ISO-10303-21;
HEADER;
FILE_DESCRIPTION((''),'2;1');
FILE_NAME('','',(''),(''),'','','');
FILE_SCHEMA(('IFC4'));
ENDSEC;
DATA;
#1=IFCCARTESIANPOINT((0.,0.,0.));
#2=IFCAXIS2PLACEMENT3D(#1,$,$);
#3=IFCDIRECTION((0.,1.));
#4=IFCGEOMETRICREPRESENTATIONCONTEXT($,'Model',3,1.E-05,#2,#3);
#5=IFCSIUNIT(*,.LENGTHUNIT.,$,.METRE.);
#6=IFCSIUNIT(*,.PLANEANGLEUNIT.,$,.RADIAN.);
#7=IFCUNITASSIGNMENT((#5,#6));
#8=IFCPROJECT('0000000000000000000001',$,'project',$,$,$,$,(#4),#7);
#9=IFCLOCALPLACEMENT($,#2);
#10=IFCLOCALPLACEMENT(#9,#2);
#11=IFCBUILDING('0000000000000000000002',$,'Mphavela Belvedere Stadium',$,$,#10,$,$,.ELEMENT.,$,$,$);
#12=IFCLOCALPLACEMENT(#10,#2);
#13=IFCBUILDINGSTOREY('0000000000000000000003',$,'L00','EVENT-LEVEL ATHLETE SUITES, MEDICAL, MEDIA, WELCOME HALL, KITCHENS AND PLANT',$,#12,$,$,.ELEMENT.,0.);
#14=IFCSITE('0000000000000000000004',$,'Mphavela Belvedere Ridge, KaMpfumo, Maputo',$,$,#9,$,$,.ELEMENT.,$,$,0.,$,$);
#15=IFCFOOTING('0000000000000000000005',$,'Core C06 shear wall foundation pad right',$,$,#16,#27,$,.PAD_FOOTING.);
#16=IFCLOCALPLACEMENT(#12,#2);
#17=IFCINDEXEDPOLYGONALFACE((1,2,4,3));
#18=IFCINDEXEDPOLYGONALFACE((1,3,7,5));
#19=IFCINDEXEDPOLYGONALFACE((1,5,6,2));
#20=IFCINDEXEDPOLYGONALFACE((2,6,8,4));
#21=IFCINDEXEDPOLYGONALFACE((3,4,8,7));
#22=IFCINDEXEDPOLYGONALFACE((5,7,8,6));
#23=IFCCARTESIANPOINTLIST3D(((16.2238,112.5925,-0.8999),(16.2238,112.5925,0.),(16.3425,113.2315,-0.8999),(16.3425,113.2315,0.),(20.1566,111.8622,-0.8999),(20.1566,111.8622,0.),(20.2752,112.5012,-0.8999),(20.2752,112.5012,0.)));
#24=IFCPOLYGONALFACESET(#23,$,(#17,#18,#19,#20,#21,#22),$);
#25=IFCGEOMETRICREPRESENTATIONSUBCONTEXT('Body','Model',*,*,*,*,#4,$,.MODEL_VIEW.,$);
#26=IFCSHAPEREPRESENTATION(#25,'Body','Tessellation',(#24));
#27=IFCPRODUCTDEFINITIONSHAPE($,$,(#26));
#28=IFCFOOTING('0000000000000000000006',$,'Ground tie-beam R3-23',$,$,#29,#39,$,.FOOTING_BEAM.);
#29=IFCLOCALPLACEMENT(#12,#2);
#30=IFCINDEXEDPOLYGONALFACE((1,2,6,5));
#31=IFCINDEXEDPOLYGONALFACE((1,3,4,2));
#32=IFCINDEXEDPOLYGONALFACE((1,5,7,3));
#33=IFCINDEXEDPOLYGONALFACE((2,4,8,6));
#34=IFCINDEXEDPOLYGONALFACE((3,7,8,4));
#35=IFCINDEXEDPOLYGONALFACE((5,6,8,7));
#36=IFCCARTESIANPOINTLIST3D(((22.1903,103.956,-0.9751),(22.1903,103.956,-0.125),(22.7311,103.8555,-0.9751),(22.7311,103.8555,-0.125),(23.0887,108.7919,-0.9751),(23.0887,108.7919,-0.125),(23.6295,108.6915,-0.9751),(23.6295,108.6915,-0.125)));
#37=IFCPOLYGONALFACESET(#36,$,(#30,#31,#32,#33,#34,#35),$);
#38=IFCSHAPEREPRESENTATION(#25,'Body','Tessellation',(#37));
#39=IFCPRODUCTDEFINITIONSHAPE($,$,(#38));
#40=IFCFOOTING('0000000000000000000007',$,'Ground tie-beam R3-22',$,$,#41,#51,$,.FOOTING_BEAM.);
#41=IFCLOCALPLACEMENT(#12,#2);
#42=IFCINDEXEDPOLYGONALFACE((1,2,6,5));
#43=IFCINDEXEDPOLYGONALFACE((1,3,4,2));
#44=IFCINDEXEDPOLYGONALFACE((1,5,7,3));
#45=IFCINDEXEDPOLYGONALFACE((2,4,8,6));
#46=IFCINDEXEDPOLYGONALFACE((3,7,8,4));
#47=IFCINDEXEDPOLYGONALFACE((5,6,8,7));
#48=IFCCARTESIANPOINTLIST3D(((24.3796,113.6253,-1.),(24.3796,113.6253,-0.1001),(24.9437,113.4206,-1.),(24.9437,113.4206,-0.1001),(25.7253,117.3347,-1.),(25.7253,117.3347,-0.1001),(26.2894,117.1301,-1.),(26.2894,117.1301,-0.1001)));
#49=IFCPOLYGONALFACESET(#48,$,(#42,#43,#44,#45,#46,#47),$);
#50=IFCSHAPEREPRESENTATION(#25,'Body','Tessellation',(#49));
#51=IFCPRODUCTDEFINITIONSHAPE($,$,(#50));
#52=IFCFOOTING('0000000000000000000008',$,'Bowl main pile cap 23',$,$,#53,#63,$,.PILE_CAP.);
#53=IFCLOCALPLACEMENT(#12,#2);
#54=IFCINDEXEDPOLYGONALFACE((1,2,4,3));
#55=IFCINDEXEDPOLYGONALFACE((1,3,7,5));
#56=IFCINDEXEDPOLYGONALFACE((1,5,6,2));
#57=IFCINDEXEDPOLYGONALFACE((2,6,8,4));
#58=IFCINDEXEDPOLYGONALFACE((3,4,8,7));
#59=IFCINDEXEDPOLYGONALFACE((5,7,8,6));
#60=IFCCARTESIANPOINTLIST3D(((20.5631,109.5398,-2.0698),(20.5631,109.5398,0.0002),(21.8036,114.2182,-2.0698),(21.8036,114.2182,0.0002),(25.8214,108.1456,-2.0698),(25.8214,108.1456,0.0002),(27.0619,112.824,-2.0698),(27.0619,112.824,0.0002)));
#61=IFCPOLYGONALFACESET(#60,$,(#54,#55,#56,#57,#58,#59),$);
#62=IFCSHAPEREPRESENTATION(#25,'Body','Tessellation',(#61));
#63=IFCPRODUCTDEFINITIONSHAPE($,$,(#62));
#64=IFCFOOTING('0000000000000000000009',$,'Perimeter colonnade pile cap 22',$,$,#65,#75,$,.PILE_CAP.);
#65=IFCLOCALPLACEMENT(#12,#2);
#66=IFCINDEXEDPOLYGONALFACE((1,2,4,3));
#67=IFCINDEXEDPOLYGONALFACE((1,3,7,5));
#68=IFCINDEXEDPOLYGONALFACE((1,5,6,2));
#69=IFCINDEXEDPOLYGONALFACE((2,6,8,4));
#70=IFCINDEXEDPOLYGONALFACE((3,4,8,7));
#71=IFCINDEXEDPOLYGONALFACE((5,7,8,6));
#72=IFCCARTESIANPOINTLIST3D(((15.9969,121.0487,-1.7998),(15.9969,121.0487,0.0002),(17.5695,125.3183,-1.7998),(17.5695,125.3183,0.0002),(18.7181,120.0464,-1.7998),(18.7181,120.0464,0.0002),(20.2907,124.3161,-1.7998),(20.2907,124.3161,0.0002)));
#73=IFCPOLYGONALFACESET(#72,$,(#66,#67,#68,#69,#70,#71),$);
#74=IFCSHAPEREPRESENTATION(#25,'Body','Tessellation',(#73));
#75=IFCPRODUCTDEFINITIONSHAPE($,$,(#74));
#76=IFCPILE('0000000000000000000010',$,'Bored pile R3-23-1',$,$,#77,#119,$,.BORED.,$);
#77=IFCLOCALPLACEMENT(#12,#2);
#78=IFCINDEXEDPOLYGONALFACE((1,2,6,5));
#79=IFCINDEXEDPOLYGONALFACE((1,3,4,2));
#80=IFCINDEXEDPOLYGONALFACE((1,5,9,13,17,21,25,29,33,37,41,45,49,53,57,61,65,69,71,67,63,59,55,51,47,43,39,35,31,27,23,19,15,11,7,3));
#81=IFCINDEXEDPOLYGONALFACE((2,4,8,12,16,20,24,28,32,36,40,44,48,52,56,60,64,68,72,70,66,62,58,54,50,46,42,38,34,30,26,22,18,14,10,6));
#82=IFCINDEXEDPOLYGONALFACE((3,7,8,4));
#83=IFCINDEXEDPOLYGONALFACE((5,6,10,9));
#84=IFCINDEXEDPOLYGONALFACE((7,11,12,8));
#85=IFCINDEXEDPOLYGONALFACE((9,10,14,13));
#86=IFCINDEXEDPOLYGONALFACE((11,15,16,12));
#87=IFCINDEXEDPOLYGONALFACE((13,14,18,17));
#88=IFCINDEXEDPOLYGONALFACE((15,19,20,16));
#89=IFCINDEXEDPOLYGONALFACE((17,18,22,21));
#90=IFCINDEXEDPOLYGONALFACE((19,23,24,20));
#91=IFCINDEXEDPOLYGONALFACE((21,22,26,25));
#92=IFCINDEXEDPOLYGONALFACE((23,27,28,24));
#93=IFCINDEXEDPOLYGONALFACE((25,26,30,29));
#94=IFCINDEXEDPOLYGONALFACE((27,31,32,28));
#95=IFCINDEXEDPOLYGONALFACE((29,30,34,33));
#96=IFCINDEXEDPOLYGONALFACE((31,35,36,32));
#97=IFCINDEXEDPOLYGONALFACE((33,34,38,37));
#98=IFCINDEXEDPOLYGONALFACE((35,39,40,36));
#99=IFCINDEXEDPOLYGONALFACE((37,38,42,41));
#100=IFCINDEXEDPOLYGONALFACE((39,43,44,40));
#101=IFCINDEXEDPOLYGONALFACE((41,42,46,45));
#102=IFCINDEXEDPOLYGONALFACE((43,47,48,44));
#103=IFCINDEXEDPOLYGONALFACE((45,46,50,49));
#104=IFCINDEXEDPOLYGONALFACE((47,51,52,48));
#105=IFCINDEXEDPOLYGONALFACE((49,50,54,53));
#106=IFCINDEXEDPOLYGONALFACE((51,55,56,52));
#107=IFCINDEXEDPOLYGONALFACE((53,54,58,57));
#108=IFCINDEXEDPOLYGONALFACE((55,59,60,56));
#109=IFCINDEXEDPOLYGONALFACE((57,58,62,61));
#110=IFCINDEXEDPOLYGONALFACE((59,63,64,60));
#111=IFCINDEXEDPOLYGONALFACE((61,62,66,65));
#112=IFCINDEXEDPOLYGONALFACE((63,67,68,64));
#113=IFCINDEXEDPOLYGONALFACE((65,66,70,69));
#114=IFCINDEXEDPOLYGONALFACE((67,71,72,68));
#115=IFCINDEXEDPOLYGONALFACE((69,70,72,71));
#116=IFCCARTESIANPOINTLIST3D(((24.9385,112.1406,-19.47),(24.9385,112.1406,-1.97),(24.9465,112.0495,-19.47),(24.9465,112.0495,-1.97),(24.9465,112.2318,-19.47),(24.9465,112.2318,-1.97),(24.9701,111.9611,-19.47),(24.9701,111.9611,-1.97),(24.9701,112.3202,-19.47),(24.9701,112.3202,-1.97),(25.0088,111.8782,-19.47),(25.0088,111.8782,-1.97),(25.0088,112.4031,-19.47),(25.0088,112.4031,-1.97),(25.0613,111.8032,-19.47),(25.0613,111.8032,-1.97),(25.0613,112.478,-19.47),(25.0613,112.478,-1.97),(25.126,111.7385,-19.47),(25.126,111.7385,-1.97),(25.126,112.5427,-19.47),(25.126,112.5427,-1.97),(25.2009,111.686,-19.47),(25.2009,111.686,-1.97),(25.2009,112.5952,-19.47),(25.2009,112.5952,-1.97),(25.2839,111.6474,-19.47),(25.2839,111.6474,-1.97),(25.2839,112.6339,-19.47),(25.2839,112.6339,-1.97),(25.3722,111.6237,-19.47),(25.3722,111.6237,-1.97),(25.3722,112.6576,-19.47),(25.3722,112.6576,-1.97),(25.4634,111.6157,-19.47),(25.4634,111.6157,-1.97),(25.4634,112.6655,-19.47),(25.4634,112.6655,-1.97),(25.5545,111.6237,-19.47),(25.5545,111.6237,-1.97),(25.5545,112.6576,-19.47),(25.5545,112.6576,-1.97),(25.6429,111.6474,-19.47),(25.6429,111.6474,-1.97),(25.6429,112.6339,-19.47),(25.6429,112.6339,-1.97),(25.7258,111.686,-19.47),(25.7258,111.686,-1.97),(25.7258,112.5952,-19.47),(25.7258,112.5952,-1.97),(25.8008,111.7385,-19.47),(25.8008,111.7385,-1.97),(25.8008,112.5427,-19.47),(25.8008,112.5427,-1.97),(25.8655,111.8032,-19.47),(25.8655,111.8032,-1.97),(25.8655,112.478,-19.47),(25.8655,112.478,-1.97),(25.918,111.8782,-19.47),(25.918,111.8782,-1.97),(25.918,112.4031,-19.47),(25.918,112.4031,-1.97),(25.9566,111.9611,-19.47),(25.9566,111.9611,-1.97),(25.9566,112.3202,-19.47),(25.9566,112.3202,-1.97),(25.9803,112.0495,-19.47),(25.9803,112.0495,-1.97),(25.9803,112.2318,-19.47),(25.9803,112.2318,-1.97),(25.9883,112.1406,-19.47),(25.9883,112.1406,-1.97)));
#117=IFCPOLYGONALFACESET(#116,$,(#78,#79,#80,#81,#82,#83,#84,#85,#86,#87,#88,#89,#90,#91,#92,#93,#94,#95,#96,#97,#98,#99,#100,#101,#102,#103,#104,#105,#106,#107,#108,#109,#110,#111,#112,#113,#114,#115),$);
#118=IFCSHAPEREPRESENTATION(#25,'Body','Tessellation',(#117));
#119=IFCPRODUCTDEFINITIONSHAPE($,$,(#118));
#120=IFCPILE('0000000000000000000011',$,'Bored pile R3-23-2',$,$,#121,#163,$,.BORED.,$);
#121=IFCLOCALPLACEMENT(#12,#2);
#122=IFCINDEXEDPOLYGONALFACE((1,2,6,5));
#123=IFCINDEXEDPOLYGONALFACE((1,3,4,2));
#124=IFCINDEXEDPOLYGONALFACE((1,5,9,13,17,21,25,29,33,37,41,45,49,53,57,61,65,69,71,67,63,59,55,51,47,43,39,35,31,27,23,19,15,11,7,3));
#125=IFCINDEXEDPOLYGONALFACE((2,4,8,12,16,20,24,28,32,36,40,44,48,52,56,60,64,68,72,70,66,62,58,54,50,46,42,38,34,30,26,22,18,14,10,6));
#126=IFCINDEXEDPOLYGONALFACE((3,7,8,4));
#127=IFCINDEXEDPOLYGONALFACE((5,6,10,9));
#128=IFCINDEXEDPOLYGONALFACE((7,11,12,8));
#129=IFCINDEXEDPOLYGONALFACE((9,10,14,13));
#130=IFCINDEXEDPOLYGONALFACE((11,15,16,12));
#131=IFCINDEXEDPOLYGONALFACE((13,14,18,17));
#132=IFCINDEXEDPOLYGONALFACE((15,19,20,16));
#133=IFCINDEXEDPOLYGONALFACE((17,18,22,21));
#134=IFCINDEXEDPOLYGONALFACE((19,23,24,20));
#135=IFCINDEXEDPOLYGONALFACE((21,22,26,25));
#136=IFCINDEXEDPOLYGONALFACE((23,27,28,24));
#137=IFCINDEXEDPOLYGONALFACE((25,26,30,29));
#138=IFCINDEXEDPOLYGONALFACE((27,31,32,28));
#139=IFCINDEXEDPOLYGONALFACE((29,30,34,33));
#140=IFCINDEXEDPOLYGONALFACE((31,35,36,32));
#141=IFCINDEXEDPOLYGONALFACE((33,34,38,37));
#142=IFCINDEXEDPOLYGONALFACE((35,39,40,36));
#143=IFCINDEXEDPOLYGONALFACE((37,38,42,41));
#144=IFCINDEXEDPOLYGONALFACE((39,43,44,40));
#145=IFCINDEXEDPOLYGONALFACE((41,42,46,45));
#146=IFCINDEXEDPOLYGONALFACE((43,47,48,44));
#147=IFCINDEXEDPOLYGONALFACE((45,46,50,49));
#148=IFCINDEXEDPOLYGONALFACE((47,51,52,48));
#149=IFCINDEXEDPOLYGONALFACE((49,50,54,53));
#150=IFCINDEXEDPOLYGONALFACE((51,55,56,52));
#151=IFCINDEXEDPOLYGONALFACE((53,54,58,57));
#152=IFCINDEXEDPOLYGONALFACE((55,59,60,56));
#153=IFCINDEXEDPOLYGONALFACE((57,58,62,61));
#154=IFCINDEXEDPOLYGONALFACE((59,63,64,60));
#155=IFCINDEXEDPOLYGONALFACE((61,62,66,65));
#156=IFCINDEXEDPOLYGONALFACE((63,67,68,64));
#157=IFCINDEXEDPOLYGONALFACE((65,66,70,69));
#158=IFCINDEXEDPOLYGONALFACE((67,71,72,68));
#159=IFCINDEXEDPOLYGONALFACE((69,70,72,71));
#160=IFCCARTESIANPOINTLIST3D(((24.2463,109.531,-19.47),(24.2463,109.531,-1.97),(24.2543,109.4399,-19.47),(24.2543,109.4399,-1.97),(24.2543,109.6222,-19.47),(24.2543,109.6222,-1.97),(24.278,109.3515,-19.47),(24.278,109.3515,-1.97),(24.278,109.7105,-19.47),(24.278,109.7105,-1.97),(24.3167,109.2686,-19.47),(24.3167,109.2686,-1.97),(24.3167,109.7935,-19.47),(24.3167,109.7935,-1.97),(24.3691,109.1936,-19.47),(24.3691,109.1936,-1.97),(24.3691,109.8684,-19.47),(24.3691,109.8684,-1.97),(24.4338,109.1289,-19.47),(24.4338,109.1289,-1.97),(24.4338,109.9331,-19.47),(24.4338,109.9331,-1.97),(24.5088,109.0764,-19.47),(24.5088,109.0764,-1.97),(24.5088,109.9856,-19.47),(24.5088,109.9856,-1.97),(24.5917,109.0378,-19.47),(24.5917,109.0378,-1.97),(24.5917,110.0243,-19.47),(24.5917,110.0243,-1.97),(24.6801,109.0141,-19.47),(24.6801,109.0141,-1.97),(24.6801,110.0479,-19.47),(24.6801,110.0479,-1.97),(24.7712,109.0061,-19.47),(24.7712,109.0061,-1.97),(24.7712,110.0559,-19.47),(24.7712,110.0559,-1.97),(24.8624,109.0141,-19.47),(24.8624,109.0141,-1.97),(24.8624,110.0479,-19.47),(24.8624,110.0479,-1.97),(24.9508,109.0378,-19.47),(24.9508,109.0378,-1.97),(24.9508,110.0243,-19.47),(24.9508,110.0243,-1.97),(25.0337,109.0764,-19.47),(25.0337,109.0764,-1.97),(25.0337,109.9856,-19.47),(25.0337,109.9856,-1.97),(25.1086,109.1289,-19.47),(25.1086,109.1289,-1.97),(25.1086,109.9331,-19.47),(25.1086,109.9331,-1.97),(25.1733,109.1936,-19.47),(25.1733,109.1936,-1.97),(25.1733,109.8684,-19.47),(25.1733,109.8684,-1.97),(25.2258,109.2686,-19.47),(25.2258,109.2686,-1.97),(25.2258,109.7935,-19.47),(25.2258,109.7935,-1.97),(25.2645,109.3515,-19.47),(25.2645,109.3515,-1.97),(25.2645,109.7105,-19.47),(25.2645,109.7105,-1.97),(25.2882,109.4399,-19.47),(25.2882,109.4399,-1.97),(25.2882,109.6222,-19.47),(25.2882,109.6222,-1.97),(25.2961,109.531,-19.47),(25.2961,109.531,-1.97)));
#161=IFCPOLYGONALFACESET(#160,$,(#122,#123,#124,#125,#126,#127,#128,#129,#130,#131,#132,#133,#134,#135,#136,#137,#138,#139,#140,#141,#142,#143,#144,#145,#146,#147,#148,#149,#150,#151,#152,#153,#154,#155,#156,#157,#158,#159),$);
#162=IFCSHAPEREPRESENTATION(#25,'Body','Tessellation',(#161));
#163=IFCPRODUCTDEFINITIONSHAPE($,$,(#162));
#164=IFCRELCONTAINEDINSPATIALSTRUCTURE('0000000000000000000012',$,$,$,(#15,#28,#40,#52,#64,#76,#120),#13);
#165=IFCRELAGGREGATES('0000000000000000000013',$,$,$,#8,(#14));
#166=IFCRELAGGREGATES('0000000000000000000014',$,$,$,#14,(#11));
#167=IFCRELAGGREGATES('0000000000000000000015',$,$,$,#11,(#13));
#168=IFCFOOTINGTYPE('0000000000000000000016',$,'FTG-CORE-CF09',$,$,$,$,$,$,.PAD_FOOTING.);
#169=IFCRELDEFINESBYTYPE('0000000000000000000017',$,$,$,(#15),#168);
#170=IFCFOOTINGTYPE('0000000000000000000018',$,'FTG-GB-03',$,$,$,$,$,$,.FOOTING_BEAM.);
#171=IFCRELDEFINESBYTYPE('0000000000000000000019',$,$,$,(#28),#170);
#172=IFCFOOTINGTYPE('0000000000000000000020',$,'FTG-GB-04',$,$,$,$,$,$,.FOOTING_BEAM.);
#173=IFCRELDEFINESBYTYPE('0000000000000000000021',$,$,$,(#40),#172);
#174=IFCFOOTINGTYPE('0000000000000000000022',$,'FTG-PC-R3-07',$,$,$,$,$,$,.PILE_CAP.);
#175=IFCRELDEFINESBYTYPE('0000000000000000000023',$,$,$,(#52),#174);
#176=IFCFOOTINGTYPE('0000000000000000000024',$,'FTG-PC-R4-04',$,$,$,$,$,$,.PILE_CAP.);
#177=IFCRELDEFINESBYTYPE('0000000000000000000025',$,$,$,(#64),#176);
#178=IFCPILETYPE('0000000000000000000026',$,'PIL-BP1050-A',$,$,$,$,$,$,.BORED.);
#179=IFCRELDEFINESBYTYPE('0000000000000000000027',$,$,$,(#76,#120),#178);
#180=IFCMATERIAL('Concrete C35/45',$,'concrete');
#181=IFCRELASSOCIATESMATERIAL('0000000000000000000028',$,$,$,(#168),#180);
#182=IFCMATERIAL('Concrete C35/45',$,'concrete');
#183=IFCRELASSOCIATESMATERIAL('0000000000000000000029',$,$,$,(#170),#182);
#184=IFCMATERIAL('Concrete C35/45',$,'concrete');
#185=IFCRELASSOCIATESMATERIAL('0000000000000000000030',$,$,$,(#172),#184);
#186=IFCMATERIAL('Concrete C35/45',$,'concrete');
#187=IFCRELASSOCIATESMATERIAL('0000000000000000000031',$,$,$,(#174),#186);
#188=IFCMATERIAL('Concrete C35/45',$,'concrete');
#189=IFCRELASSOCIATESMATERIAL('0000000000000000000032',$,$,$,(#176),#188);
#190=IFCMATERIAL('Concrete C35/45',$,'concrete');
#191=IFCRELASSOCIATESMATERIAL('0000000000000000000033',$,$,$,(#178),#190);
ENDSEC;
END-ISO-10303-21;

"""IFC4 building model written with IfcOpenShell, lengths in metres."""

from ifc_helpers import new_model, si_unit, direction, frame, origin, origin_2d, place, context, subcontext, project, spatial, rectangle, circle, extrude, material, material_profile, profile_set, type_object, element, save


model = new_model("IFC4")

# Units and contexts
model_context = context("Model", 3, precision=1e-05, world=origin(), true_north=direction((0.0, 1.0)))
body_context = subcontext(model_context, "Body", "Model", "MODEL_VIEW")
ifc_project = project(units=[si_unit("LENGTHUNIT", "METRE"), si_unit("PLANEANGLEUNIT", "RADIAN")], contexts=[model_context])

# Site, building, storey
site_placement = place(None, origin())
site = spatial("IfcSite", under=ifc_project, at=site_placement, Name="Mphavela Belvedere Ridge, KaMpfumo, Maputo", CompositionType="ELEMENT", RefElevation=0.0)
building_placement = place(site_placement, origin())
building = spatial("IfcBuilding", under=site, at=building_placement, Name="Mphavela Belvedere Stadium", CompositionType="ELEMENT")
storey_placement = place(building_placement, origin())
storey = spatial("IfcBuildingStorey", under=building, at=storey_placement, Name="L00", Description="EVENT-LEVEL ATHLETE SUITES, MEDICAL, MEDIA, WELCOME HALL, KITCHENS AND PLANT", CompositionType="ELEMENT", Elevation=0.0)

# Footings
ifc_material_1 = material(Name="Concrete C35/45", Category="concrete")
footing_type_1 = type_object("IfcFootingType", Name="FTG-CORE-CF09", PredefinedType="PAD_FOOTING", material=ifc_material_1)
footing_1_placement = place(storey_placement, frame((18.2495, 112.5469, -0.8999), z_axis=(0.0, 0.0, 1.0), x_axis=(-0.983191, 0.182579, 0.0)))
element("IfcFooting", 1, at=footing_1_placement, inside=storey, type_object=footing_type_1, Name="Core C06 shear wall foundation pad right", PredefinedType="PAD_FOOTING", context=body_context, shape_type="SweptSolid", body=[
    extrude(rectangle(XDim=4.0, YDim=0.6499, at=origin_2d()), origin(), (0.0, 0.0, 1.0), 0.8999),
])
ifc_material_2 = material(Name="Concrete C35/45", Category="concrete")
ifc_material_profile_1 = material_profile(ifc_material_2, rectangle(XDim=0.55, YDim=0.8501, at=origin_2d()), Name="GB 550x850")
ifc_profile_set_1 = profile_set([ifc_material_profile_1], Name="Concrete C35/45")
footing_type_2 = type_object("IfcFootingType", Name="FTG-GB-03", PredefinedType="FOOTING_BEAM", material=ifc_profile_set_1)
footing_2_placement = place(storey_placement, frame((23.3591, 108.7417, -0.55), z_axis=(-0.182658, -0.983177, 0.0), x_axis=(0.983177, -0.182658, 0.0)))
element("IfcFooting", 2, at=footing_2_placement, inside=storey, type_object=footing_type_2, Name="Ground tie-beam R3-23", PredefinedType="FOOTING_BEAM", context=body_context, shape_type="SweptSolid", body=[
    extrude(rectangle(XDim=0.55, YDim=0.8501, at=origin_2d()), origin(), (0.0, 0.0, 1.0), 4.9187),
])
ifc_material_3 = material(Name="Concrete C35/45", Category="concrete")
ifc_material_profile_2 = material_profile(ifc_material_3, rectangle(XDim=0.6001, YDim=0.8999, at=origin_2d()), Name="GB 600x900")
ifc_profile_set_2 = profile_set([ifc_material_profile_2], Name="Concrete C35/45")
footing_type_3 = type_object("IfcFootingType", Name="FTG-GB-04", PredefinedType="FOOTING_BEAM", material=ifc_profile_set_2)
footing_3_placement = place(storey_placement, frame((26.0073, 117.2324, -0.55), z_axis=(-0.341028, -0.940053, 0.0), x_axis=(0.940053, -0.341028, 0.0)))
element("IfcFooting", 3, at=footing_3_placement, inside=storey, type_object=footing_type_3, Name="Ground tie-beam R3-22", PredefinedType="FOOTING_BEAM", context=body_context, shape_type="SweptSolid", body=[
    extrude(rectangle(XDim=0.6001, YDim=0.8999, at=origin_2d()), origin(), (0.0, 0.0, 1.0), 3.946),
])
ifc_material_4 = material(Name="Concrete C35/45", Category="concrete")
footing_type_4 = type_object("IfcFootingType", Name="FTG-PC-R3-07", PredefinedType="PILE_CAP", material=ifc_material_4)
footing_4_placement = place(storey_placement, frame((23.8125, 111.1819, -2.0698), z_axis=(0.0, 0.0, 1.0), x_axis=(-0.9666, 0.256289, 0.0)))
element("IfcFooting", 4, at=footing_4_placement, inside=storey, type_object=footing_type_4, Name="Bowl main pile cap 23", PredefinedType="PILE_CAP", context=body_context, shape_type="SweptSolid", body=[
    extrude(rectangle(XDim=5.4399, YDim=4.8401, at=origin_2d()), origin(), (0.0, 0.0, 1.0), 2.0701),
])
ifc_material_5 = material(Name="Concrete C35/45", Category="concrete")
footing_type_5 = type_object("IfcFootingType", Name="FTG-PC-R4-04", PredefinedType="PILE_CAP", material=ifc_material_5)
footing_5_placement = place(storey_placement, frame((18.1438, 122.6824, -1.7998), z_axis=(0.0, 0.0, 1.0), x_axis=(-0.345626, -0.938372, 0.0)))
element("IfcFooting", 5, at=footing_5_placement, inside=storey, type_object=footing_type_5, Name="Perimeter colonnade pile cap 22", PredefinedType="PILE_CAP", context=body_context, shape_type="SweptSolid", body=[
    extrude(rectangle(XDim=4.55, YDim=2.8999, at=origin_2d()), origin(), (0.0, 0.0, 1.0), 1.8),
])

# Piles
ifc_material_6 = material(Name="Concrete C35/45", Category="concrete")
ifc_material_profile_3 = material_profile(ifc_material_6, circle(Radius=0.5249, at=origin_2d()), Name="BP D1050")
ifc_profile_set_3 = profile_set([ifc_material_profile_3], Name="Concrete C35/45")
pile_type_1 = type_object("IfcPileType", Name="PIL-BP1050-A", PredefinedType="BORED", material=ifc_profile_set_3)
for number, where, z_axis, x_axis, name in (
    (6, (25.4634, 112.1406, -1.97), (0.0, 0.0, -1.0), (1.0, 0.0, 0.0), "Bored pile R3-23-1"),
    (7, (24.7712, 109.531, -1.97), (0.0, 0.0, -1.0), (1.0, 0.0, 0.0), "Bored pile R3-23-2"),
):
    element("IfcPile", number, at=place(storey_placement, frame(where, z_axis=z_axis, x_axis=x_axis)), inside=storey, type_object=pile_type_1, Name=name, PredefinedType="BORED", context=body_context, shape_type="SweptSolid", body=[
        extrude(circle(Radius=0.5249, at=origin_2d()), origin(), (0.0, 0.0, 1.0), 17.5),
    ])

save(model, "model.ifc")
